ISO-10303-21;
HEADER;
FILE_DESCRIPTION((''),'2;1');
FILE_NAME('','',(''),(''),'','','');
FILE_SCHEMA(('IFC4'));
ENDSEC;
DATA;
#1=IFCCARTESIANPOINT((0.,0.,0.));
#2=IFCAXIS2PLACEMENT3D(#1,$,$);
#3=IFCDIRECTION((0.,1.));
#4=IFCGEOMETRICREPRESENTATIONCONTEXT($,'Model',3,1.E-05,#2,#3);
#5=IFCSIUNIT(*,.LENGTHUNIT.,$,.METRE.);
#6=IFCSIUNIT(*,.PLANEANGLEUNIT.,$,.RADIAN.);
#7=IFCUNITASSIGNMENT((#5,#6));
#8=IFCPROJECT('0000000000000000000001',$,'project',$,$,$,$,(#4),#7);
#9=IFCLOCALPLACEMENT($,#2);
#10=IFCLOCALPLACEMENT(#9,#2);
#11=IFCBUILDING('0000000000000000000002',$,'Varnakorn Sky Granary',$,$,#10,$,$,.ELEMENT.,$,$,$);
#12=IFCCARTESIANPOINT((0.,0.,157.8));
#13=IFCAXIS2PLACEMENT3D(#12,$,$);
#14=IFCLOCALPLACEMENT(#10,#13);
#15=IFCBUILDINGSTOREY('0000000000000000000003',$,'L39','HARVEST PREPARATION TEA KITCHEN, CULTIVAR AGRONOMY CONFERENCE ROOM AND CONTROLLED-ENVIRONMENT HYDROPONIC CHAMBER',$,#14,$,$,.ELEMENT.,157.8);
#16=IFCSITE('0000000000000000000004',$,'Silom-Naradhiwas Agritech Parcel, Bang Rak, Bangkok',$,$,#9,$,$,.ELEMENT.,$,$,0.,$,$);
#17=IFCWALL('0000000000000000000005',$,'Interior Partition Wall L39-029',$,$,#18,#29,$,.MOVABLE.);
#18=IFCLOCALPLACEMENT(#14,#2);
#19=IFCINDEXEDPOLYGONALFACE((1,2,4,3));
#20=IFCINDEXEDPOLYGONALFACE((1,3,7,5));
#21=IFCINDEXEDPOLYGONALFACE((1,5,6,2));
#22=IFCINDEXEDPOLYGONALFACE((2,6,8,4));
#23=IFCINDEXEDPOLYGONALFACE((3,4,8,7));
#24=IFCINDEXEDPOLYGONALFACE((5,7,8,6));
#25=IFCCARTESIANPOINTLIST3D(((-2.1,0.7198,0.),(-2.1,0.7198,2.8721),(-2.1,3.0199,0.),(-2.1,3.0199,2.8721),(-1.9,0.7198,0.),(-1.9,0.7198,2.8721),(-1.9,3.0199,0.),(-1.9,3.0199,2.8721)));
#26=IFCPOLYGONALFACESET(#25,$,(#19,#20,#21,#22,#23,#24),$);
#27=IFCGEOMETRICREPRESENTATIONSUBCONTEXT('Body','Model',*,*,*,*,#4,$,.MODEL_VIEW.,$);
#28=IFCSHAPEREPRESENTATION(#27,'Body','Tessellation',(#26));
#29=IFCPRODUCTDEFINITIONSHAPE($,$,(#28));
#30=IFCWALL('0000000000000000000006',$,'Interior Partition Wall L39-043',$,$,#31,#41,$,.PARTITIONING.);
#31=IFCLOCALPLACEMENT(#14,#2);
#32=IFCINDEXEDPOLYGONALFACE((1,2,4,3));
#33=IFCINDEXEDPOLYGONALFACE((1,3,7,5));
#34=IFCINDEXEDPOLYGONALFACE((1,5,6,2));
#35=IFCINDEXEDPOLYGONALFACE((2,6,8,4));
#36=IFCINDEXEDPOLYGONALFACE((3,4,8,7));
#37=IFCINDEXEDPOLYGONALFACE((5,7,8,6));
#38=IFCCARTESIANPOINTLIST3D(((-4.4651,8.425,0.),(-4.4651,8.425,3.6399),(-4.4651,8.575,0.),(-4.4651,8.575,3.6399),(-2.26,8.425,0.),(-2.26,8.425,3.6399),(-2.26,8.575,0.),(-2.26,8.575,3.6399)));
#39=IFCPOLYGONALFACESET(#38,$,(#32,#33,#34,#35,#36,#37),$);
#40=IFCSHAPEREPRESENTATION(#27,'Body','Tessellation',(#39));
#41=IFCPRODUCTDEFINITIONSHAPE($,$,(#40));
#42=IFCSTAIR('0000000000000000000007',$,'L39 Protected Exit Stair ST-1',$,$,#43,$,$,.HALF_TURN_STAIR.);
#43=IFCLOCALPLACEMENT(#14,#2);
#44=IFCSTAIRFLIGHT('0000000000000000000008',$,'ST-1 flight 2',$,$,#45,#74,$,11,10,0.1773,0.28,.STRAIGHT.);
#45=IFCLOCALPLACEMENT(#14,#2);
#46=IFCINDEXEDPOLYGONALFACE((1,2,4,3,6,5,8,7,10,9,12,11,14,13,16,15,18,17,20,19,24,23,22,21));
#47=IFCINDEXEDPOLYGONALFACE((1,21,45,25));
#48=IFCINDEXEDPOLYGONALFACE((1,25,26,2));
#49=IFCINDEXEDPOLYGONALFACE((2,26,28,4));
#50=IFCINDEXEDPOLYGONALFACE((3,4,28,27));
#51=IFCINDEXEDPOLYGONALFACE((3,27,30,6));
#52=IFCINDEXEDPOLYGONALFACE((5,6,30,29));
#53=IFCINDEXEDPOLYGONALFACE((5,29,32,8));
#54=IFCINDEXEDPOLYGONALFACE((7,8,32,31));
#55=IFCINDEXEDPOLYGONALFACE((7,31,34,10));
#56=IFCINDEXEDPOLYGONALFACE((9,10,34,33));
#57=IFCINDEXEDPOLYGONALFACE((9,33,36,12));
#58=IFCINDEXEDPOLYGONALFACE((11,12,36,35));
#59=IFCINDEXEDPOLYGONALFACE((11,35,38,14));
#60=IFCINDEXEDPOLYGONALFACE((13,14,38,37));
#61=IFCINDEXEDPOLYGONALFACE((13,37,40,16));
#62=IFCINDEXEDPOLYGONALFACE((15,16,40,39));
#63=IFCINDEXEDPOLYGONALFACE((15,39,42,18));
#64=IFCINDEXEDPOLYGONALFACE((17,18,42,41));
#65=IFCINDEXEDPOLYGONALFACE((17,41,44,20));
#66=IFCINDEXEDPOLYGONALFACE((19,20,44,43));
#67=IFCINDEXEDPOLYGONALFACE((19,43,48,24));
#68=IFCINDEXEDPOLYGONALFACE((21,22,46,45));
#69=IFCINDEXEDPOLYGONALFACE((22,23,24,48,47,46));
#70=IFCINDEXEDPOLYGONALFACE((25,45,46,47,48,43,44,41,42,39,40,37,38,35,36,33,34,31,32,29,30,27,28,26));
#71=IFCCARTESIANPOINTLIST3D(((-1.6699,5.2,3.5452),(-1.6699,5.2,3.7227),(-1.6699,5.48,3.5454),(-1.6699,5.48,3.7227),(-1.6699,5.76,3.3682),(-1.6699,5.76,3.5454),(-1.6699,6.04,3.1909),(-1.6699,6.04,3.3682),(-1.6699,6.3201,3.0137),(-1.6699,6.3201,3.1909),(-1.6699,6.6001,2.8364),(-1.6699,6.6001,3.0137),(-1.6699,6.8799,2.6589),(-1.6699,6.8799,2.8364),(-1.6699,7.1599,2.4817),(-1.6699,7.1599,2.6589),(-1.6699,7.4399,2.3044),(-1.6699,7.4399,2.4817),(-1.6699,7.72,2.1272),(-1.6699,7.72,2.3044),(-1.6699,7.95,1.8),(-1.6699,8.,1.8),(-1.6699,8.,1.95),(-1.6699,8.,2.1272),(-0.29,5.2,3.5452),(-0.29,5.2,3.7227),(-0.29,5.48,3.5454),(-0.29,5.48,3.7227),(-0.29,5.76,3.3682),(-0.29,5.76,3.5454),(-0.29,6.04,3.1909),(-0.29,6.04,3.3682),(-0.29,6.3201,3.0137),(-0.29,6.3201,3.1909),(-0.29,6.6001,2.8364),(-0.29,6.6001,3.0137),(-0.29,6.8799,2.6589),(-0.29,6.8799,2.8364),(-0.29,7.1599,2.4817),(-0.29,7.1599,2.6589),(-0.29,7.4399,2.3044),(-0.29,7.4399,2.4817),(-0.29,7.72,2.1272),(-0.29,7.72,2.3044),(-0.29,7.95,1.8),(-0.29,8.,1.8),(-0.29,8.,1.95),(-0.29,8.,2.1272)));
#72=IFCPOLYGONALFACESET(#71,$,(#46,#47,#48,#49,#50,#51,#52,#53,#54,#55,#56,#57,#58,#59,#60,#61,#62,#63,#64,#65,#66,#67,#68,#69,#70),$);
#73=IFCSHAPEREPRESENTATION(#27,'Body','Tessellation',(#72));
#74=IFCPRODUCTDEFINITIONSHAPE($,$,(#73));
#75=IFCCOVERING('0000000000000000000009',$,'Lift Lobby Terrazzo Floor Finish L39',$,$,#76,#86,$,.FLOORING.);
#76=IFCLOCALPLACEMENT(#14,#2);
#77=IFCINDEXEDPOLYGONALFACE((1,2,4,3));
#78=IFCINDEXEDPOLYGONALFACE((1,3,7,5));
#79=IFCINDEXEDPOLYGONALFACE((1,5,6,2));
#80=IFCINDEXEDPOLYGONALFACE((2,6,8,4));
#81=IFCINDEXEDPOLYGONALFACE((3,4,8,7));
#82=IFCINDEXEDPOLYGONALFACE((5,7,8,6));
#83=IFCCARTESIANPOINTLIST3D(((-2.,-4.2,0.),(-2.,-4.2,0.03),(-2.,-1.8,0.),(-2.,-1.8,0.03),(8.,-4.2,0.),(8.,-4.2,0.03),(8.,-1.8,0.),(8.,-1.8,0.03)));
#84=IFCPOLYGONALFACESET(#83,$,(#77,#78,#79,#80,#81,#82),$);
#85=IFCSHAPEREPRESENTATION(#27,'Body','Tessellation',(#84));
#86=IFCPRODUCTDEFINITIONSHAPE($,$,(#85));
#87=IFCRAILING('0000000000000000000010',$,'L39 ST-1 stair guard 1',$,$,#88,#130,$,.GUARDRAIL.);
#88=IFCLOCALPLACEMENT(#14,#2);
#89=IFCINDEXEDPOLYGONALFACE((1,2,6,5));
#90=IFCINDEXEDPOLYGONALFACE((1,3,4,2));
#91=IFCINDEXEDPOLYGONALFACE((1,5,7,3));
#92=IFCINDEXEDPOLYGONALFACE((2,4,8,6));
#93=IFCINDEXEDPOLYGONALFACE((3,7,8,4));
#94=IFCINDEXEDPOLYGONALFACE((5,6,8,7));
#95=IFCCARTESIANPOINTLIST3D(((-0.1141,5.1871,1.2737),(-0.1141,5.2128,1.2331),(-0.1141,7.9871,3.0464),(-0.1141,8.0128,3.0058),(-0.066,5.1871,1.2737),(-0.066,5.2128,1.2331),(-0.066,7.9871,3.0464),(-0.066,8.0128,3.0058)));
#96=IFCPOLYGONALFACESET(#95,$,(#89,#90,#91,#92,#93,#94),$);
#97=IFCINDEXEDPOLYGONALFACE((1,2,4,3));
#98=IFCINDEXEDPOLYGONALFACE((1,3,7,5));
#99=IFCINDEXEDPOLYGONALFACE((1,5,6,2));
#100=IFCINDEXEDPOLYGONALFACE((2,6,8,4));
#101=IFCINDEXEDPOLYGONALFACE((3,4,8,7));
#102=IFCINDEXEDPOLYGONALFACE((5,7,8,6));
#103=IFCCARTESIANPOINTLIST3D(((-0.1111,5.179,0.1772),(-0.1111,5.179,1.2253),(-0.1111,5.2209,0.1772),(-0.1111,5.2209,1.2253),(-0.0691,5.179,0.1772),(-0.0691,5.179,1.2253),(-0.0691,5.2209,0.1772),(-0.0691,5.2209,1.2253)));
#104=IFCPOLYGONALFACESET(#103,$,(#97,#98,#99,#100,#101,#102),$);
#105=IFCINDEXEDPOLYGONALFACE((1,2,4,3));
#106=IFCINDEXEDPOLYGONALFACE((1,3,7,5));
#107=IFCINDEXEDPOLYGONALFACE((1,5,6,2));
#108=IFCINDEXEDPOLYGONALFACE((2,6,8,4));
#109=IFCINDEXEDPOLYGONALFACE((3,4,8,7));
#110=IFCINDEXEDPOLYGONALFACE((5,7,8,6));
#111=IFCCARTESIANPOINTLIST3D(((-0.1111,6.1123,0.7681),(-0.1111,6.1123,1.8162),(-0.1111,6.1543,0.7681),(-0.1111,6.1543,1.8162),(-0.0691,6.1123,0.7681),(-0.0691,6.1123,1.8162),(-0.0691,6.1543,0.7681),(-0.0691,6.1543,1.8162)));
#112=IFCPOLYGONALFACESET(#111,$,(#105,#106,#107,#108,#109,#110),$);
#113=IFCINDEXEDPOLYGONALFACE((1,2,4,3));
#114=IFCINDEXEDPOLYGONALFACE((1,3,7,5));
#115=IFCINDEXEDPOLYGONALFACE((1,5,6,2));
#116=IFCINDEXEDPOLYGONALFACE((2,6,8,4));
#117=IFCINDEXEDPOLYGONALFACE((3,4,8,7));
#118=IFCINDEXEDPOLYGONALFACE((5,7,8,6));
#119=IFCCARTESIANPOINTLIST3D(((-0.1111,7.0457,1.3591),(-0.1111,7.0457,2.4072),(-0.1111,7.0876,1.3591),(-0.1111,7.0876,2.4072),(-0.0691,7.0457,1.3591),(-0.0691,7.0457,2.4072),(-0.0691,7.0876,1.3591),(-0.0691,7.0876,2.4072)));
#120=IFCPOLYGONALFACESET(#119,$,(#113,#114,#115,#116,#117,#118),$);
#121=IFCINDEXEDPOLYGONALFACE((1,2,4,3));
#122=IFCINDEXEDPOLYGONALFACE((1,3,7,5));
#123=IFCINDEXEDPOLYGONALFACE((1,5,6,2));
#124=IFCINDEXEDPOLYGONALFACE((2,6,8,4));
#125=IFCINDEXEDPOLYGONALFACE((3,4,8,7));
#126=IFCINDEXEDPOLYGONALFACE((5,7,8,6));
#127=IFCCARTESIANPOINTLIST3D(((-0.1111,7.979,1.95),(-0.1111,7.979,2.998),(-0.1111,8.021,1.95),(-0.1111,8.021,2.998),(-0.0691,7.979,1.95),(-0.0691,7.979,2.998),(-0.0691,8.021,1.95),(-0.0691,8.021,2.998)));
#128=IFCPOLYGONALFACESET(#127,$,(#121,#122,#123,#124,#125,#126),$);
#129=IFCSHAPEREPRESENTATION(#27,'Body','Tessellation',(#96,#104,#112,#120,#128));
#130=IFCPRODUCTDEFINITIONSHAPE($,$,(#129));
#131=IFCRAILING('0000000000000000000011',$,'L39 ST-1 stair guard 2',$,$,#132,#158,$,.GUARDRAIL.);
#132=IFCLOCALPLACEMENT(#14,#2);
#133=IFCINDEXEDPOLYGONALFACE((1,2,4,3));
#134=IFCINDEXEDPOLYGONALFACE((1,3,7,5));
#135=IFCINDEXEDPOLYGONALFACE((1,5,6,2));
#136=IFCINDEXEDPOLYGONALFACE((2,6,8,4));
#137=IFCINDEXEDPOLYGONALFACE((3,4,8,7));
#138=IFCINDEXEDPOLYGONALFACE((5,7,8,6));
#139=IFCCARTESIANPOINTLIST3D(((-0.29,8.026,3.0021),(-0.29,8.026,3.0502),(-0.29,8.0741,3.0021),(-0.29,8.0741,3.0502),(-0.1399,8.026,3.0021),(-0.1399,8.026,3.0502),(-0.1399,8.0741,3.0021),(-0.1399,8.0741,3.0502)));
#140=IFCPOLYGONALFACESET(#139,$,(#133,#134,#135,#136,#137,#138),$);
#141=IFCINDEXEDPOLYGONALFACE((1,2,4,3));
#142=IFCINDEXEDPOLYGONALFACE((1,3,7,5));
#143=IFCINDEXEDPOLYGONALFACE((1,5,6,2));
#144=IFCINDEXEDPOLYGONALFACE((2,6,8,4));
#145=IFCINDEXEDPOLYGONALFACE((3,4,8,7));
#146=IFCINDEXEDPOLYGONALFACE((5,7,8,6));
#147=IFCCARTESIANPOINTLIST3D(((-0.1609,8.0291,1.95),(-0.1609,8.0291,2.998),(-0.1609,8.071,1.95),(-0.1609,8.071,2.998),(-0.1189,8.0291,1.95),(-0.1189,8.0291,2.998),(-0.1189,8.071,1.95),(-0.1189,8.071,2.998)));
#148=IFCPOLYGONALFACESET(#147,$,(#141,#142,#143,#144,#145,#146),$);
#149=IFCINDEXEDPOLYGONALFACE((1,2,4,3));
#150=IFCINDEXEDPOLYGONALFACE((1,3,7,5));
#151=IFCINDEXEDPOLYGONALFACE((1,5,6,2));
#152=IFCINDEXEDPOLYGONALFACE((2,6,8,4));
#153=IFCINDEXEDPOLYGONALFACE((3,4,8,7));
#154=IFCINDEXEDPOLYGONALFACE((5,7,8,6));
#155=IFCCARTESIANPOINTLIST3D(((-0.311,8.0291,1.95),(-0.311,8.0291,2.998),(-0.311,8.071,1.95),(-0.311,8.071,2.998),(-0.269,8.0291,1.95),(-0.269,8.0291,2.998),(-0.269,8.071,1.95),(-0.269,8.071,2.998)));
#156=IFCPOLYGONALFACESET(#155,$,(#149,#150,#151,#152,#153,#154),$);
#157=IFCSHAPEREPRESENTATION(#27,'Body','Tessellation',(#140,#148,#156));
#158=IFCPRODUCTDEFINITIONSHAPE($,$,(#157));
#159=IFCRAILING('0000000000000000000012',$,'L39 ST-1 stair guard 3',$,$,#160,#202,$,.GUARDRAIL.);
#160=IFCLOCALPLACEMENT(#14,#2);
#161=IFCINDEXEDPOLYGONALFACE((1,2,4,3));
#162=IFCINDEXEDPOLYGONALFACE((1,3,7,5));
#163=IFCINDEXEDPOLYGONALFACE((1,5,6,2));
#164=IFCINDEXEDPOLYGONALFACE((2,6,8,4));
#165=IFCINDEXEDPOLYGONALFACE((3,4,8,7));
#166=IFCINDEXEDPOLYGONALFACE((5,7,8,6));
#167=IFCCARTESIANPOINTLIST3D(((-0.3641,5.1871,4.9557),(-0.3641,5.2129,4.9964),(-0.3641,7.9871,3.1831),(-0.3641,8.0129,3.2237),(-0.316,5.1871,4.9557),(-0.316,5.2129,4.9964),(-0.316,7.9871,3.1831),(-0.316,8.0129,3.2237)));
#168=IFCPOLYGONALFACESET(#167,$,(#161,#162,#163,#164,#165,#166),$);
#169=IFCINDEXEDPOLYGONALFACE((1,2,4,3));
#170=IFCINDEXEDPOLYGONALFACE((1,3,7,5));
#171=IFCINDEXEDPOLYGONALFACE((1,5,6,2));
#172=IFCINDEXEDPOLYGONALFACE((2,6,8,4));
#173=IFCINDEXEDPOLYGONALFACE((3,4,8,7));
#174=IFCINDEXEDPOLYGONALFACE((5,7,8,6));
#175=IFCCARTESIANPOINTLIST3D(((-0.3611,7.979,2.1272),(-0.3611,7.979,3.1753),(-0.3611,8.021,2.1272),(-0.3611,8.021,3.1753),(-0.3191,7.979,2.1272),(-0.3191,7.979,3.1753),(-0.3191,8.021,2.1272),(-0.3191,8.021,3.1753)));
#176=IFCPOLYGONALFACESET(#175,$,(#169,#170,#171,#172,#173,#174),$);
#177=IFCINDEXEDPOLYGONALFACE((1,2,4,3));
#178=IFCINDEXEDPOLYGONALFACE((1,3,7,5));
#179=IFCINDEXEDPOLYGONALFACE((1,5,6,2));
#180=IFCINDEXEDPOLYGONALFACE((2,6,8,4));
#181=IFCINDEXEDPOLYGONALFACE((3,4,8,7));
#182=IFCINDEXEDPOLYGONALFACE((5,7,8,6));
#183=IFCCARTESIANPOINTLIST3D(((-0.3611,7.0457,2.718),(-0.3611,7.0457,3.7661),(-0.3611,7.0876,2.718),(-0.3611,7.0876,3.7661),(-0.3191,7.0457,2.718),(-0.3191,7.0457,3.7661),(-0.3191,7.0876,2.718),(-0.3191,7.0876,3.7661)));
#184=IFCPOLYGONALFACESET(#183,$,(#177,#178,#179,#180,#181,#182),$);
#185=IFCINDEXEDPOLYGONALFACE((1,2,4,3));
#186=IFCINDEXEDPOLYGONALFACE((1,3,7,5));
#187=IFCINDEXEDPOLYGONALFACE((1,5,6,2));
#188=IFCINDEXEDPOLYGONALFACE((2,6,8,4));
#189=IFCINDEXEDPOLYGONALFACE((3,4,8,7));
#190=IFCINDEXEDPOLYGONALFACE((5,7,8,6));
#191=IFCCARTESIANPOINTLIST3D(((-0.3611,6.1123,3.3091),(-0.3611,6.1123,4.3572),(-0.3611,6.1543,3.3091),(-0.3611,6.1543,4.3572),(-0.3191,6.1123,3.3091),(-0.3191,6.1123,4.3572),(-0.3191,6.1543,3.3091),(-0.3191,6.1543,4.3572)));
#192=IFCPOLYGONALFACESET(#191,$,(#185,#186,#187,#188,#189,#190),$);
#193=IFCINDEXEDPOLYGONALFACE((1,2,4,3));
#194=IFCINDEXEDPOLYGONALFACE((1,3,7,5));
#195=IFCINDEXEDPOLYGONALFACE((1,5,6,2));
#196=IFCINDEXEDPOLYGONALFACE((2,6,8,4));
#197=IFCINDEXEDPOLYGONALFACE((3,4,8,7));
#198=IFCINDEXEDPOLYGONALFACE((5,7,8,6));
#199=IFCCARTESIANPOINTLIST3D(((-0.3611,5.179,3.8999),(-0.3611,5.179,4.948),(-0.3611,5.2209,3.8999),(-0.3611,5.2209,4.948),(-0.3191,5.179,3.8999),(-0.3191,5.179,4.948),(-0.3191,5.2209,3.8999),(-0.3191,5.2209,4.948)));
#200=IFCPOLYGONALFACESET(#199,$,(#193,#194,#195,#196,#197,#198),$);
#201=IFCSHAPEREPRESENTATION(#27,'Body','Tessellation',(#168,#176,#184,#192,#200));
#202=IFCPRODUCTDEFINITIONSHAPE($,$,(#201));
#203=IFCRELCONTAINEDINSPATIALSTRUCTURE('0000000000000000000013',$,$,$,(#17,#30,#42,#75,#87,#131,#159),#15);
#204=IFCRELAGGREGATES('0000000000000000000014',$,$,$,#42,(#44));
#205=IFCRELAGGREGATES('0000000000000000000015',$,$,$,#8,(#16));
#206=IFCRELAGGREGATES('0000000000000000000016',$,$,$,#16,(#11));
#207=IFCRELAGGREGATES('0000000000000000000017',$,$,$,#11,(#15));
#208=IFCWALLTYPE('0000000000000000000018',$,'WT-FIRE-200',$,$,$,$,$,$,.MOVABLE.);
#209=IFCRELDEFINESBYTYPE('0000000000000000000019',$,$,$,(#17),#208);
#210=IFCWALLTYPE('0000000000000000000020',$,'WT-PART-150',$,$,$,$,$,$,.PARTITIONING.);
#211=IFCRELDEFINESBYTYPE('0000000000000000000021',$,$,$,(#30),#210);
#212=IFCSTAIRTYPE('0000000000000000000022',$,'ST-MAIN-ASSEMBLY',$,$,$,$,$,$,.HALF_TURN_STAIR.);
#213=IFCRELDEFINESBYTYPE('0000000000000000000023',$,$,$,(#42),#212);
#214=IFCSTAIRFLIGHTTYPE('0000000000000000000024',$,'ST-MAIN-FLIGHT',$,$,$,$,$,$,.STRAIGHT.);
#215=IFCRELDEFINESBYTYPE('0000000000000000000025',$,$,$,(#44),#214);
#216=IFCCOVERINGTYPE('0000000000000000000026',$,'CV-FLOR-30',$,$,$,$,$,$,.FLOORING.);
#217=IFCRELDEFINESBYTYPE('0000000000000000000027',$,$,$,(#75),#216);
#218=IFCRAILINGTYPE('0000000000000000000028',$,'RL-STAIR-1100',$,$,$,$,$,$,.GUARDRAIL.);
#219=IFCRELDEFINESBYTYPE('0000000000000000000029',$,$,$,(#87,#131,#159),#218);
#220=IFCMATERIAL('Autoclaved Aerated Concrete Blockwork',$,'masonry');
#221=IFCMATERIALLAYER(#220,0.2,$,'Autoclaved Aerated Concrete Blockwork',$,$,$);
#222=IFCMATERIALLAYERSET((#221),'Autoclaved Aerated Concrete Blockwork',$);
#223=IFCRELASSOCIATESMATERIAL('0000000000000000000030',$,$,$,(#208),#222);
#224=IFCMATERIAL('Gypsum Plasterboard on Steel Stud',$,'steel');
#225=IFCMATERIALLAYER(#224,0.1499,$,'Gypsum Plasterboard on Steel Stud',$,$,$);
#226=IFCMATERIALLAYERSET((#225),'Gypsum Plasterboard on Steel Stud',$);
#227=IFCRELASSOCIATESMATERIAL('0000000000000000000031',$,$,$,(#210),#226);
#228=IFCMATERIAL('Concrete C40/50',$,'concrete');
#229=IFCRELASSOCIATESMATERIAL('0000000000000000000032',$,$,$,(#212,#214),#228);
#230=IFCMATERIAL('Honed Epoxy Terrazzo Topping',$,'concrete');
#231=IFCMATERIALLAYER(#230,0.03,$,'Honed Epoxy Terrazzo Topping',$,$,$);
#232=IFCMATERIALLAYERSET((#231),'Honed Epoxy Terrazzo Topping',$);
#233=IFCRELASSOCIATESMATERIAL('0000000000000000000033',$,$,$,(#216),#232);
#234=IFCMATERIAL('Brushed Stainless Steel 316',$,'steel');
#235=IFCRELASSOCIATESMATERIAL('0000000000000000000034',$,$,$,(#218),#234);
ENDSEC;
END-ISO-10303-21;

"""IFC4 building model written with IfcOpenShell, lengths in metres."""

from ifc_helpers import new_model, si_unit, direction, frame, frame_2d, origin, origin_2d, place, context, subcontext, project, spatial, polyline, rectangle, outline, extrude, material, layer, layer_set, type_object, element, aggregate, save


model = new_model("IFC4")

# Units and contexts
model_context = context("Model", 3, precision=1e-05, world=origin(), true_north=direction((0.0, 1.0)))
body_context = subcontext(model_context, "Body", "Model", "MODEL_VIEW")
ifc_project = project(units=[si_unit("LENGTHUNIT", "METRE"), si_unit("PLANEANGLEUNIT", "RADIAN")], contexts=[model_context])

# Site, building, storey
site_placement = place(None, origin())
site = spatial("IfcSite", under=ifc_project, at=site_placement, Name="Silom-Naradhiwas Agritech Parcel, Bang Rak, Bangkok", CompositionType="ELEMENT", RefElevation=0.0)
building_placement = place(site_placement, origin())
building = spatial("IfcBuilding", under=site, at=building_placement, Name="Varnakorn Sky Granary", CompositionType="ELEMENT")
storey_placement = place(building_placement, frame((0.0, 0.0, 157.8)))
storey = spatial("IfcBuildingStorey", under=building, at=storey_placement, Name="L39", Description="HARVEST PREPARATION TEA KITCHEN, CULTIVAR AGRONOMY CONFERENCE ROOM AND CONTROLLED-ENVIRONMENT HYDROPONIC CHAMBER", CompositionType="ELEMENT", Elevation=157.8)

# Walls
ifc_material_1 = material(Name="Autoclaved Aerated Concrete Blockwork", Category="masonry")
ifc_layer_1 = layer(ifc_material_1, 0.2, Name="Autoclaved Aerated Concrete Blockwork")
ifc_layer_set_1 = layer_set([ifc_layer_1], Name="Autoclaved Aerated Concrete Blockwork")
wall_type_1 = type_object("IfcWallType", Name="WT-FIRE-200", PredefinedType="MOVABLE", material=ifc_layer_set_1)
wall_1_placement = place(storey_placement, frame((-2.0, 0.72, 0.0), z_axis=(0.0, 0.0, 1.0), x_axis=(0.0, 1.0, 0.0)))
element("IfcWall", 1, at=wall_1_placement, inside=storey, type_object=wall_type_1, Name="Interior Partition Wall L39-029", PredefinedType="MOVABLE", context=body_context, shape_type="SweptSolid", body=[
    extrude(rectangle(XDim=2.3, YDim=0.2, at=frame_2d((1.1499, 0.0))), origin(), (0.0, 0.0, 1.0), 2.8721),
])
ifc_material_2 = material(Name="Gypsum Plasterboard on Steel Stud", Category="steel")
ifc_layer_2 = layer(ifc_material_2, 0.1499, Name="Gypsum Plasterboard on Steel Stud")
ifc_layer_set_2 = layer_set([ifc_layer_2], Name="Gypsum Plasterboard on Steel Stud")
wall_type_2 = type_object("IfcWallType", Name="WT-PART-150", PredefinedType="PARTITIONING", material=ifc_layer_set_2)
wall_2_placement = place(storey_placement, frame((-4.4651, 8.5, 0.0), z_axis=(0.0, 0.0, 1.0), x_axis=(1.0, 0.0, 0.0)))
element("IfcWall", 2, at=wall_2_placement, inside=storey, type_object=wall_type_2, Name="Interior Partition Wall L39-043", PredefinedType="PARTITIONING", context=body_context, shape_type="SweptSolid", body=[
    extrude(rectangle(XDim=2.2051, YDim=0.1499, at=frame_2d((1.1025, 0.0))), origin(), (0.0, 0.0, 1.0), 3.6399),
])

# Stair, stair flight
ifc_material_3 = material(Name="Concrete C40/50", Category="concrete")
stair_type = type_object("IfcStairType", Name="ST-MAIN-ASSEMBLY", PredefinedType="HALF_TURN_STAIR", material=ifc_material_3)
stair_placement = place(storey_placement, origin())
stair = element("IfcStair", 3, at=stair_placement, inside=storey, type_object=stair_type, Name="L39 Protected Exit Stair ST-1", PredefinedType="HALF_TURN_STAIR")
stair_flight_type = type_object("IfcStairFlightType", Name="ST-MAIN-FLIGHT", PredefinedType="STRAIGHT", material=ifc_material_3)
stair_flight_placement = place(storey_placement, frame((-0.98, 8.0, 1.95), z_axis=(0.0, 0.0, 1.0), x_axis=(0.0, -1.0, 0.0)))
stair_flight = element("IfcStairFlight", 4, at=stair_flight_placement, type_object=stair_flight_type, Name="ST-1 flight 2", NumberOfRisers=11, NumberOfTreads=10, PredefinedType="STRAIGHT", RiserHeight=0.1773, TreadLength=0.28, context=body_context, shape_type="SweptSolid", body=[
    extrude(outline(polyline([(0.0, -0.1499), (0.0, 0.0), (0.0, 0.1772), (0.28, 0.1772), (0.28, 0.3545), (0.5601, 0.3545), (0.5601, 0.5317), (0.8401, 0.5317), (0.8401, 0.709), (1.1201, 0.709), (1.1201, 0.8865), (1.3999, 0.8865), (1.3999, 1.0637), (1.6799, 1.0637), (1.6799, 1.241), (1.96, 1.241), (1.96, 1.4182), (2.24, 1.4182), (2.24, 1.5955), (2.52, 1.5955), (2.52, 1.7727), (2.8, 1.7727), (2.8, 1.95), (2.8, 1.5952), (0.05, -0.1499), (0.0, -0.1499)])), frame((0.0, 0.6899, 0.0), z_axis=(0.0, -1.0, 0.0), x_axis=(1.0, 0.0, 0.0)), (0.0, 0.0, 1.0), 1.3799),
])
aggregate(stair, [stair_flight])

# Covering
ifc_material_4 = material(Name="Honed Epoxy Terrazzo Topping", Category="concrete")
ifc_layer_3 = layer(ifc_material_4, 0.03, Name="Honed Epoxy Terrazzo Topping")
ifc_layer_set_3 = layer_set([ifc_layer_3], Name="Honed Epoxy Terrazzo Topping")
covering_type = type_object("IfcCoveringType", Name="CV-FLOR-30", PredefinedType="FLOORING", material=ifc_layer_set_3)
covering_placement = place(storey_placement, origin())
element("IfcCovering", 5, at=covering_placement, inside=storey, type_object=covering_type, Name="Lift Lobby Terrazzo Floor Finish L39", PredefinedType="FLOORING", context=body_context, shape_type="SweptSolid", body=[
    extrude(outline(polyline([(-2.0, -4.2), (8.0, -4.2), (8.0, -1.8), (-2.0, -1.8), (-2.0, -4.2)])), origin(), (0.0, 0.0, 1.0), 0.03),
])

# Railings
ifc_material_5 = material(Name="Brushed Stainless Steel 316", Category="steel")
railing_type_1 = type_object("IfcRailingType", Name="RL-STAIR-1100", PredefinedType="GUARDRAIL", material=ifc_material_5)
railing_1_placement = place(storey_placement, frame((-0.0901, 5.2, 0.1772)))
element("IfcRailing", 6, at=railing_1_placement, inside=storey, type_object=railing_type_1, Name="L39 ST-1 stair guard 1", PredefinedType="GUARDRAIL", context=body_context, shape_type="SweptSolid", body=[
    extrude(rectangle(XDim=0.0481, YDim=0.0481, at=origin_2d()), frame((0.0, 0.0, 1.0762), z_axis=(0.0, 0.844909, 0.53491), x_axis=(-1.0, 0.0, 0.0)), (0.0, 0.0, 1.0), 3.314),
    extrude(rectangle(XDim=0.042, YDim=0.042, at=origin_2d()), origin(), (0.0, 0.0, 1.0), 1.0481),
    extrude(rectangle(XDim=0.042, YDim=0.042, at=origin_2d()), frame((0.0, 0.9333, 0.5908)), (0.0, 0.0, 1.0), 1.0481),
    extrude(rectangle(XDim=0.042, YDim=0.042, at=origin_2d()), frame((0.0, 1.8667, 1.1819)), (0.0, 0.0, 1.0), 1.0481),
    extrude(rectangle(XDim=0.042, YDim=0.042, at=origin_2d()), frame((0.0, 2.8, 1.7727)), (0.0, 0.0, 1.0), 1.0481),
])
railing_2_placement = place(storey_placement, frame((-0.1399, 8.05, 1.95)))
element("IfcRailing", 7, at=railing_2_placement, inside=storey, type_object=railing_type_1, Name="L39 ST-1 stair guard 2", PredefinedType="GUARDRAIL", context=body_context, shape_type="SweptSolid", body=[
    extrude(rectangle(XDim=0.0481, YDim=0.0481, at=origin_2d()), frame((0.0, 0.0, 1.0762), z_axis=(-1.0, 0.0, 0.0), x_axis=(0.0, -1.0, 0.0)), (0.0, 0.0, 1.0), 0.1501),
    extrude(rectangle(XDim=0.042, YDim=0.042, at=origin_2d()), origin(), (0.0, 0.0, 1.0), 1.0481),
    extrude(rectangle(XDim=0.042, YDim=0.042, at=origin_2d()), frame((-0.1501, 0.0, 0.0)), (0.0, 0.0, 1.0), 1.0481),
])
railing_3_placement = place(storey_placement, frame((-0.3401, 8.0, 2.1272)))
element("IfcRailing", 8, at=railing_3_placement, inside=storey, type_object=railing_type_1, Name="L39 ST-1 stair guard 3", PredefinedType="GUARDRAIL", context=body_context, shape_type="SweptSolid", body=[
    extrude(rectangle(XDim=0.0481, YDim=0.0481, at=origin_2d()), frame((0.0, 0.0, 1.0762), z_axis=(0.0, -0.844909, 0.53491), x_axis=(1.0, 0.0, 0.0)), (0.0, 0.0, 1.0), 3.314),
    extrude(rectangle(XDim=0.042, YDim=0.042, at=origin_2d()), origin(), (0.0, 0.0, 1.0), 1.0481),
    extrude(rectangle(XDim=0.042, YDim=0.042, at=origin_2d()), frame((0.0, -0.9333, 0.5908)), (0.0, 0.0, 1.0), 1.0481),
    extrude(rectangle(XDim=0.042, YDim=0.042, at=origin_2d()), frame((0.0, -1.8667, 1.1819)), (0.0, 0.0, 1.0), 1.0481),
    extrude(rectangle(XDim=0.042, YDim=0.042, at=origin_2d()), frame((0.0, -2.8, 1.7727)), (0.0, 0.0, 1.0), 1.0481),
])

save(model, "model.ifc")
